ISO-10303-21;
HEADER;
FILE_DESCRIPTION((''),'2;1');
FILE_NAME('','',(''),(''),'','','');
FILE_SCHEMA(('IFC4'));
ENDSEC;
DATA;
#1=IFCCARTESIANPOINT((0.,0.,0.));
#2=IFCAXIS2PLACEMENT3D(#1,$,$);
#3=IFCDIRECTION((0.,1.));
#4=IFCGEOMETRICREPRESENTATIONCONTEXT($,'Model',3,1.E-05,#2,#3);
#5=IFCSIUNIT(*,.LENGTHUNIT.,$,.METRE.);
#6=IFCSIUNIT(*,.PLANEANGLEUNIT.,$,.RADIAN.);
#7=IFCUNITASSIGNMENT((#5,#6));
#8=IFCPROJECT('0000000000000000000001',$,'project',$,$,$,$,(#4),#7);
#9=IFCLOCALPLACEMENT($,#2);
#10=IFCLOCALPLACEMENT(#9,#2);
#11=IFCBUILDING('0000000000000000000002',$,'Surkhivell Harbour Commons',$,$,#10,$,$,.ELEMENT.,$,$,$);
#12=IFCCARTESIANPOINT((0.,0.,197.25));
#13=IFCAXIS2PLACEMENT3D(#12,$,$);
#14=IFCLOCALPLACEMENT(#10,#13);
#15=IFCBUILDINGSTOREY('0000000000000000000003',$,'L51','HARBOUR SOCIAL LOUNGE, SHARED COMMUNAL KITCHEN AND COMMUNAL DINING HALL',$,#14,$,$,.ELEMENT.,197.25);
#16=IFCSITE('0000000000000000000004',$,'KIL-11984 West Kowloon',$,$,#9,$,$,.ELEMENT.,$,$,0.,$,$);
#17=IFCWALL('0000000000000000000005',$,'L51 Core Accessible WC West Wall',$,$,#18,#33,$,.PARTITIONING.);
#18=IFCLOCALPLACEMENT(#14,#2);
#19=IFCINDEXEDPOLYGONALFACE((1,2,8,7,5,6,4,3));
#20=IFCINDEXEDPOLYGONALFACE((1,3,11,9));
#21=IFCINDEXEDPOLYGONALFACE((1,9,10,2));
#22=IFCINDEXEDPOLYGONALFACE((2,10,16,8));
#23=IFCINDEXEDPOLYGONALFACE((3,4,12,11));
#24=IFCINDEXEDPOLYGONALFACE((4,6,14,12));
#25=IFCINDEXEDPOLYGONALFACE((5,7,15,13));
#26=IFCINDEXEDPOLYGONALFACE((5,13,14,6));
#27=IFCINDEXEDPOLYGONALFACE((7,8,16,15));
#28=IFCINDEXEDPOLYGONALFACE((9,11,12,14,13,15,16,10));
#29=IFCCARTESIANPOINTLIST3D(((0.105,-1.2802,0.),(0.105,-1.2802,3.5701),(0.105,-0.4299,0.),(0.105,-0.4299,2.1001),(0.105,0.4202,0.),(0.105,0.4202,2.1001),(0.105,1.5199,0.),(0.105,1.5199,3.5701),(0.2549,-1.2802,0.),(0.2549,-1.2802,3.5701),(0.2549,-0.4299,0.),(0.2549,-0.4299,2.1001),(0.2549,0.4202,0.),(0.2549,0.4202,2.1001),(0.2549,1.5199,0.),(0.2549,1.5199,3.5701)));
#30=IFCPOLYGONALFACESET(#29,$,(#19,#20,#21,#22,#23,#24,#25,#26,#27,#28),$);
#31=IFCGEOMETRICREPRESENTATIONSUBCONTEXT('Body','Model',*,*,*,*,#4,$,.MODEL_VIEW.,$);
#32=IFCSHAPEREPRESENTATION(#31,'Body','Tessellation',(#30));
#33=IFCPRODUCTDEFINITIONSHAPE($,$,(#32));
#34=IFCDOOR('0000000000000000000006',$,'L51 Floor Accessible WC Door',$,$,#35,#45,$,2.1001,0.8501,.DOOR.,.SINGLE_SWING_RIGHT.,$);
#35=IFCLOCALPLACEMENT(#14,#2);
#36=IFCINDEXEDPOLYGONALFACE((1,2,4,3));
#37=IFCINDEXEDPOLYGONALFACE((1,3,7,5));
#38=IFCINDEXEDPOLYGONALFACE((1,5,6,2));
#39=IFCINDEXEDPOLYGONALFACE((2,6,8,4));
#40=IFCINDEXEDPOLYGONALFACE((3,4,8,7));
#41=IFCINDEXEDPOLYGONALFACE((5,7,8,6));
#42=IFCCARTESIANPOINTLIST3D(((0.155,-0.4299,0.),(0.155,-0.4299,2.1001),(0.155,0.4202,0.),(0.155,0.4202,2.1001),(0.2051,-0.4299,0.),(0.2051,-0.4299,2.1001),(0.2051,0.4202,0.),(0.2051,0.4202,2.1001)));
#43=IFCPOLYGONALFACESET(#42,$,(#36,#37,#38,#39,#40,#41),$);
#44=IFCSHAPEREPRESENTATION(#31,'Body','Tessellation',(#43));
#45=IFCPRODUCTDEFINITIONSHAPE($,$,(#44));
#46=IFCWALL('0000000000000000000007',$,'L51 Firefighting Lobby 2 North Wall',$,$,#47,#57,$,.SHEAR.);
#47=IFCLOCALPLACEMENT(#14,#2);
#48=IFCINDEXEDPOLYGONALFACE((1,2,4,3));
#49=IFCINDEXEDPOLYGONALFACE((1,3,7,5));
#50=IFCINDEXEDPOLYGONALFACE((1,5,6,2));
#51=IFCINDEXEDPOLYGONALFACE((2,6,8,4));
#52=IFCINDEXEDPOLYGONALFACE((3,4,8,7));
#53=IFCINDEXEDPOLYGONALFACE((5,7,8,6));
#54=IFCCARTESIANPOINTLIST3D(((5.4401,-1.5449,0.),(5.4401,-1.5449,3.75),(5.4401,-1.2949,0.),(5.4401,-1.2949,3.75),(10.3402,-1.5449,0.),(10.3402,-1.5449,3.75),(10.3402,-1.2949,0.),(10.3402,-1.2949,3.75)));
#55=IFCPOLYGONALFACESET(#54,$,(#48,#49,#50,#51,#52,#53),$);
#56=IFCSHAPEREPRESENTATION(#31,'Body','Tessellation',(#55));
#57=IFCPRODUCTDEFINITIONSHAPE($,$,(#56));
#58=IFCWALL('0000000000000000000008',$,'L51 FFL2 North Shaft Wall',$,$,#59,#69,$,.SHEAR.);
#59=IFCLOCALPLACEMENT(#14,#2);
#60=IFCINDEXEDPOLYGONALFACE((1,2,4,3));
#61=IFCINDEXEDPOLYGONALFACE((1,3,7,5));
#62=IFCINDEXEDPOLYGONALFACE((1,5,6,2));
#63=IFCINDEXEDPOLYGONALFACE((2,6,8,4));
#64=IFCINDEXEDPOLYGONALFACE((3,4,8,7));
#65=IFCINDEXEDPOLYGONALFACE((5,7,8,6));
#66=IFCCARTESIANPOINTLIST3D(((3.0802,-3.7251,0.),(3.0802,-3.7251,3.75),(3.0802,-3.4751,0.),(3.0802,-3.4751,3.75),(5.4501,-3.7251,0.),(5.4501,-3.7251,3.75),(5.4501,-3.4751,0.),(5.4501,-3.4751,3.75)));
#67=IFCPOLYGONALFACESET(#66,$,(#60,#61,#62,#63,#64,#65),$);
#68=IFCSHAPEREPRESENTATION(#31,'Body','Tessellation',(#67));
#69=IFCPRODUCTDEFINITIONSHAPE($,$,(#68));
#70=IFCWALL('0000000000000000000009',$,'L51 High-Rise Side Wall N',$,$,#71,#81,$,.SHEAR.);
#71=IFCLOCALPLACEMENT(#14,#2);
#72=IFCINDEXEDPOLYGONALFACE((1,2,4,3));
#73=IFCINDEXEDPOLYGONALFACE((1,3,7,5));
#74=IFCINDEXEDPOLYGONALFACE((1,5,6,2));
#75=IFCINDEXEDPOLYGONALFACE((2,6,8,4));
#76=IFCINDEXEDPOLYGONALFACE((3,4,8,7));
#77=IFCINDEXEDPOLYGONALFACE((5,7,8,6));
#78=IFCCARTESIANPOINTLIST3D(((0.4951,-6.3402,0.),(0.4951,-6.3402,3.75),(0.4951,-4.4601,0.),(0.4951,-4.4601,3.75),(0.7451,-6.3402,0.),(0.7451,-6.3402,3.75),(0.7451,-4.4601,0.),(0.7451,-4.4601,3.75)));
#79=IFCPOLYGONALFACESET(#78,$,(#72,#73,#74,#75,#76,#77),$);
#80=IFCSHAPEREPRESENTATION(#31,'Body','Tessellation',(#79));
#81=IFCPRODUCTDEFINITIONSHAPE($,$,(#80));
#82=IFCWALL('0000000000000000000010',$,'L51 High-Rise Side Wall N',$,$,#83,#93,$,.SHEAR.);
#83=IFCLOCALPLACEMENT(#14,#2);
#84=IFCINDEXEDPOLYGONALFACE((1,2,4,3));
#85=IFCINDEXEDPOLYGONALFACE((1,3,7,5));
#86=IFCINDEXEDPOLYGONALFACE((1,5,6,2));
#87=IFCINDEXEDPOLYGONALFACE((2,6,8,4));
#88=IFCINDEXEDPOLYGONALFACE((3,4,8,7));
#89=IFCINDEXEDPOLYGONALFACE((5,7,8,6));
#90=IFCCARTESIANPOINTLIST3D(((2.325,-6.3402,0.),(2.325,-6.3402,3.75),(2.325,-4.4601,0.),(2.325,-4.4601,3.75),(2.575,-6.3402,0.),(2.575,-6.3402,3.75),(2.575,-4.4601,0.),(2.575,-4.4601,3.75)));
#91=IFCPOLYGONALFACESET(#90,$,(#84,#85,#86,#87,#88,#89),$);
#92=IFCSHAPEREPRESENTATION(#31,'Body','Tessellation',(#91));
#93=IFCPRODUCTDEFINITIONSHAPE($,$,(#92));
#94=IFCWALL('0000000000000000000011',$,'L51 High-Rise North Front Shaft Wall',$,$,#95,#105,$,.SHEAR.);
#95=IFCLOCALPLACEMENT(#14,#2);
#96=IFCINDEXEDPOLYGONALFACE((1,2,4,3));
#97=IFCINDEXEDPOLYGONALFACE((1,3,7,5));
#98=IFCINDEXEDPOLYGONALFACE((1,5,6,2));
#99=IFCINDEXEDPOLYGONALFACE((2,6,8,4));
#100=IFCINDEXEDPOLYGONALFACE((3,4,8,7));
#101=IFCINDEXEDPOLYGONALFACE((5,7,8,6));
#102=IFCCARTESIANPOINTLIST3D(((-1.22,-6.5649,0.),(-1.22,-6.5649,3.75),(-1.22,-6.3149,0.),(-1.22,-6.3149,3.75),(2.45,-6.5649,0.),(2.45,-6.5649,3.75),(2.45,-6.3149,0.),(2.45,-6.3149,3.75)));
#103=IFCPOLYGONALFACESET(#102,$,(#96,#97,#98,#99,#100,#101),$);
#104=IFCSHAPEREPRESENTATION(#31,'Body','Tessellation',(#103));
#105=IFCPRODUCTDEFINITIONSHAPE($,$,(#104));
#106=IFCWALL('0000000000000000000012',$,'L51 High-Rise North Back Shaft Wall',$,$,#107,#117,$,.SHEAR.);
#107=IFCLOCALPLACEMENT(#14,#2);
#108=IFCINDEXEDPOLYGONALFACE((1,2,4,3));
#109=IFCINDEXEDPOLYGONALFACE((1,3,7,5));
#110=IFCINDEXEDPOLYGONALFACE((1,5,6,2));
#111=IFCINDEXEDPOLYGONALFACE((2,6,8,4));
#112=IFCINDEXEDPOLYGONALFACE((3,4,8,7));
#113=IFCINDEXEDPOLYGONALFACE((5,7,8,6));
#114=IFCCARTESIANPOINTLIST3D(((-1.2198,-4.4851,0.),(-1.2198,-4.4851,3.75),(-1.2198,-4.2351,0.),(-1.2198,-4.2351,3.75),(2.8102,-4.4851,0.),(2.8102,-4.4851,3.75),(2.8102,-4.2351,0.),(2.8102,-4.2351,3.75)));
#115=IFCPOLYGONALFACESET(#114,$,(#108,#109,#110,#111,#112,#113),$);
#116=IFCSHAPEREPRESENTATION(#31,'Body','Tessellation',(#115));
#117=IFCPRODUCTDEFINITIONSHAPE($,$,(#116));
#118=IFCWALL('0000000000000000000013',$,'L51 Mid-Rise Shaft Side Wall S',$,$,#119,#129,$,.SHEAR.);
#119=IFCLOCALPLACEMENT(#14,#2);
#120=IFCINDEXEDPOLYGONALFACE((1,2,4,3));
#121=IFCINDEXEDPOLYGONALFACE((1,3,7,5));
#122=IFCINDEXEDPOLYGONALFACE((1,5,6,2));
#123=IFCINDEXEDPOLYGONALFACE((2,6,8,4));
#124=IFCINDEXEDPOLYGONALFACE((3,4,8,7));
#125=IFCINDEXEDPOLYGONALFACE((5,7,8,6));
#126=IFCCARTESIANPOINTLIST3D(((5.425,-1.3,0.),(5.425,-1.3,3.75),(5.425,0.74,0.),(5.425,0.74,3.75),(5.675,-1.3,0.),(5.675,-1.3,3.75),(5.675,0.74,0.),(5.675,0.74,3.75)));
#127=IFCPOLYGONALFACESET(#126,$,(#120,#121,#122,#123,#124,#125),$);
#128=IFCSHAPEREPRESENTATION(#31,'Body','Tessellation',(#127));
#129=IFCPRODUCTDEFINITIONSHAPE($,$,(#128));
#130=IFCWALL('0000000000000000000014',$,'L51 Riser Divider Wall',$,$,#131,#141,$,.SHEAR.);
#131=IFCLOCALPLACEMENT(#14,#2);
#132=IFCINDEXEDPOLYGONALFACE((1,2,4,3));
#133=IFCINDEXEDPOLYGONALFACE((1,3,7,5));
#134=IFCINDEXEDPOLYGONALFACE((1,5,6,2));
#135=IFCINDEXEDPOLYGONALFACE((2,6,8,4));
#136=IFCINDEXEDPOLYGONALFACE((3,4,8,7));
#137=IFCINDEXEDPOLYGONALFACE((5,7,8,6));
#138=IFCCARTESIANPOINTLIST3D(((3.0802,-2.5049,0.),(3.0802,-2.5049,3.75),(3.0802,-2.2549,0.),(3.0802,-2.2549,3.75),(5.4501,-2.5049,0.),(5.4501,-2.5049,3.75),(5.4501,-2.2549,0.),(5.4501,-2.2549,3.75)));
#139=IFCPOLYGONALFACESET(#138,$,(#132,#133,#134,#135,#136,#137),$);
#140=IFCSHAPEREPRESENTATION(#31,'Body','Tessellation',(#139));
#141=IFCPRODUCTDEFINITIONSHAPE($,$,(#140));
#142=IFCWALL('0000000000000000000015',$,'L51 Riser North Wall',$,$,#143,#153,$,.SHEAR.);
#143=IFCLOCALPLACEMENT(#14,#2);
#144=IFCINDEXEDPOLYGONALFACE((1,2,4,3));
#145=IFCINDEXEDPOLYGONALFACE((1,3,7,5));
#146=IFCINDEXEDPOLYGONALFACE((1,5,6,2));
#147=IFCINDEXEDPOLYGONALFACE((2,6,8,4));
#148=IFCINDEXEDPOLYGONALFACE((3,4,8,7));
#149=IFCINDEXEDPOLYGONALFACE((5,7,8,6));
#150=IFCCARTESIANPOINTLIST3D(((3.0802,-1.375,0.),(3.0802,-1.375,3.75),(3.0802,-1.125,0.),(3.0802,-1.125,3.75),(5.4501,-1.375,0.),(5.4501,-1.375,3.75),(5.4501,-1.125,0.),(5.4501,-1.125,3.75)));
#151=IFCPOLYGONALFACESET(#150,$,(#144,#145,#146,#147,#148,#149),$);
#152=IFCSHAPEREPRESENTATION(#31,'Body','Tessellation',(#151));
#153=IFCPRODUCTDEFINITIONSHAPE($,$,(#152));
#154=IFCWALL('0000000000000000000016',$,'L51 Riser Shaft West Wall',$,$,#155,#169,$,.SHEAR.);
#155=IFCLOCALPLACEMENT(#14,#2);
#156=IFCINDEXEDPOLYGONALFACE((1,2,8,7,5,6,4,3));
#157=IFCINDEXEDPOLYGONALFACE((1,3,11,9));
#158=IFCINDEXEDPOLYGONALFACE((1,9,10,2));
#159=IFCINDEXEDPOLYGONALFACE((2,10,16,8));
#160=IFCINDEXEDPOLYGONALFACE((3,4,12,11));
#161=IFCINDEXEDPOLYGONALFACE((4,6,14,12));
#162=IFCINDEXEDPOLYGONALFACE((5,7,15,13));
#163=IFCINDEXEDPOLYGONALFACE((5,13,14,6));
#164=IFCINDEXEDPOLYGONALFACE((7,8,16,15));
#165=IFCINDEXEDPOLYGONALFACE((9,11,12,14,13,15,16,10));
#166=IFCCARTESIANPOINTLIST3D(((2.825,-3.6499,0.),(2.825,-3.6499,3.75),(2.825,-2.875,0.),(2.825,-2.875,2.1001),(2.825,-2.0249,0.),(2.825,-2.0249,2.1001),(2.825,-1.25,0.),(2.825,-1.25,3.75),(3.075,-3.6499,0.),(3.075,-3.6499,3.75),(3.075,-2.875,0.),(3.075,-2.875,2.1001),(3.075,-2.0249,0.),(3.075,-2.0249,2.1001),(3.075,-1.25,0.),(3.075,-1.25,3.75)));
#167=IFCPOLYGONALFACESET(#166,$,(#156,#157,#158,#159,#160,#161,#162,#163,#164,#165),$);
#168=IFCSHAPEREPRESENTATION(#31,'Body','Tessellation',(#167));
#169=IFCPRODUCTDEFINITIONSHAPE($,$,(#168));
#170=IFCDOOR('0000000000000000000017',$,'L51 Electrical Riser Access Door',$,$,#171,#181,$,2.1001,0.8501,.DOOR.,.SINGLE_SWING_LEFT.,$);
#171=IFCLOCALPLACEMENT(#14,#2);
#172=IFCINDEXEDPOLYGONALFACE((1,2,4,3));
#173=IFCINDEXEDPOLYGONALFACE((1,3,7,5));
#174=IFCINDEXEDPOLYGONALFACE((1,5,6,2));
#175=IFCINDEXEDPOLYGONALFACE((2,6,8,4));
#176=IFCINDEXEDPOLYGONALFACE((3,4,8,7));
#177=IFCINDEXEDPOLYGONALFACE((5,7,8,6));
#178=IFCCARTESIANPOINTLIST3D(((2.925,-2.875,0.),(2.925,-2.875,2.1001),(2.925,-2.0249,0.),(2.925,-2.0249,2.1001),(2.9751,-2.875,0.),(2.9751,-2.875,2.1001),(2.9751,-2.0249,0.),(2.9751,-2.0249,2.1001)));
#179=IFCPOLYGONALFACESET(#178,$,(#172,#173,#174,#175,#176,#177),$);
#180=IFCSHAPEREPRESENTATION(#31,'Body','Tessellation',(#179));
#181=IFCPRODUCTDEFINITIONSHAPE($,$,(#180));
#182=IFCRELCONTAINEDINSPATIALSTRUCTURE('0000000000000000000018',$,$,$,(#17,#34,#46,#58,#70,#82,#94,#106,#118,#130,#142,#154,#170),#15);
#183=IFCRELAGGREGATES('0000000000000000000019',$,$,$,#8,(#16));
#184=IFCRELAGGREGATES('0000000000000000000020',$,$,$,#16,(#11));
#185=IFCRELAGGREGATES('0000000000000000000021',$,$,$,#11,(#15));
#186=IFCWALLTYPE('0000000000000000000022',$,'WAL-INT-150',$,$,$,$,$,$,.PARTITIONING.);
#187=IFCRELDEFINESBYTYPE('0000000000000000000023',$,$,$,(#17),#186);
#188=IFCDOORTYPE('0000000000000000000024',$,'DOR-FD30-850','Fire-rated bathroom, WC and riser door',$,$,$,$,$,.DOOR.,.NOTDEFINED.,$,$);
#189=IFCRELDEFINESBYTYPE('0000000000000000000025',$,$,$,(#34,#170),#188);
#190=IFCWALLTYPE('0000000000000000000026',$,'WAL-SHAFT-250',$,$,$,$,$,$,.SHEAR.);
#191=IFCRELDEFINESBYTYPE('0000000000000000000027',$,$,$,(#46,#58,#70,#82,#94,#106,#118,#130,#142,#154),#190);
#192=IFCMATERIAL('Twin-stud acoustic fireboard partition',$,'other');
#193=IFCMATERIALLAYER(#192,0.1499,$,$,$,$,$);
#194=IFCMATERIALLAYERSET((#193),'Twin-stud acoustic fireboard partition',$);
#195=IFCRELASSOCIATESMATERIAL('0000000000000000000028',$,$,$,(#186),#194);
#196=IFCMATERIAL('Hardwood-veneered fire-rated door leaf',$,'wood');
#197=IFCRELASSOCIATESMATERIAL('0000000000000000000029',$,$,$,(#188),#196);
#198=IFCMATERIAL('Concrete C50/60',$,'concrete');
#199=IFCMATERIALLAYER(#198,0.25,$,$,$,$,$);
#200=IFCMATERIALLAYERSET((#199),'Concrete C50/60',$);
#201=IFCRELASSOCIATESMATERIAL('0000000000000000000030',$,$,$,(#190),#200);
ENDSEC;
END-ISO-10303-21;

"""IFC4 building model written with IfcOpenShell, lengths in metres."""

from ifc_helpers import new_model, si_unit, direction, frame, frame_2d, origin, place, context, subcontext, project, spatial, rectangle, extrude, material, layer, layer_set, type_object, element, fill, save


model = new_model("IFC4")

# Units and contexts
model_context = context("Model", 3, precision=1e-05, world=origin(), true_north=direction((0.0, 1.0)))
body_context = subcontext(model_context, "Body", "Model", "MODEL_VIEW")
ifc_project = project(units=[si_unit("LENGTHUNIT", "METRE"), si_unit("PLANEANGLEUNIT", "RADIAN")], contexts=[model_context])

# Site, building, storey
site_placement = place(None, origin())
site = spatial("IfcSite", under=ifc_project, at=site_placement, Name="KIL-11984 West Kowloon", CompositionType="ELEMENT", RefElevation=0.0)
building_placement = place(site_placement, origin())
building = spatial("IfcBuilding", under=site, at=building_placement, Name="Surkhivell Harbour Commons", CompositionType="ELEMENT")
storey_placement = place(building_placement, frame((0.0, 0.0, 197.25)))
storey = spatial("IfcBuildingStorey", under=building, at=storey_placement, Name="L51", Description="HARBOUR SOCIAL LOUNGE, SHARED COMMUNAL KITCHEN AND COMMUNAL DINING HALL", CompositionType="ELEMENT", Elevation=197.25)

# Shared definitions
ifc_material_1 = material(Name="Twin-stud acoustic fireboard partition", Category="other")
ifc_layer_1 = layer(ifc_material_1, 0.1499)
ifc_layer_set_1 = layer_set([ifc_layer_1], Name="Twin-stud acoustic fireboard partition")
wall_type_1 = type_object("IfcWallType", Name="WAL-INT-150", PredefinedType="PARTITIONING", material=ifc_layer_set_1)

# Wall, opening, door
wall_1_placement = place(storey_placement, frame((0.1799, -1.28, 0.0), z_axis=(0.0, 0.0, 1.0), x_axis=(0.0, 1.0, 0.0)))
wall_1 = element("IfcWall", 1, at=wall_1_placement, inside=storey, type_object=wall_type_1, Name="L51 Core Accessible WC West Wall", PredefinedType="PARTITIONING", context=body_context, shape_type="SweptSolid", body=[
    extrude(rectangle(XDim=2.8, YDim=0.1499, at=frame_2d((1.3999, 0.0))), origin(), (0.0, 0.0, 1.0), 3.5701),
])
opening_1_placement = place(wall_1_placement, frame((0.8501, 0.0, 0.0)))
opening_1 = element("IfcOpeningElement", 2, at=opening_1_placement, cuts=wall_1, PredefinedType="OPENING", context=body_context, shape_type="SweptSolid", body=[
    extrude(rectangle(XDim=0.8501, YDim=2.1001, at=frame_2d((0.425, 1.05))), frame((0.0, 0.085, 0.0), z_axis=(0.0, -1.0, 0.0), x_axis=(1.0, 0.0, 0.0)), (0.0, 0.0, 1.0), 0.1699),
])
ifc_material_2 = material(Name="Hardwood-veneered fire-rated door leaf", Category="wood")
door_type = type_object("IfcDoorType", Name="DOR-FD30-850", Description="Fire-rated bathroom, WC and riser door", OperationType="NOTDEFINED", PredefinedType="DOOR", material=ifc_material_2)
door_1_placement = place(opening_1_placement, origin())
door_1 = element("IfcDoor", 3, at=door_1_placement, inside=storey, type_object=door_type, Name="L51 Floor Accessible WC Door", OperationType="SINGLE_SWING_RIGHT", OverallHeight=2.1001, OverallWidth=0.8501, PredefinedType="DOOR", context=body_context, shape_type="SweptSolid", body=[
    extrude(rectangle(XDim=0.8501, YDim=2.1001, at=frame_2d((0.425, 1.05))), frame((0.0, 0.0249, 0.0), z_axis=(0.0, -1.0, 0.0), x_axis=(1.0, 0.0, 0.0)), (0.0, 0.0, 1.0), 0.05),
])
fill(opening_1, door_1)

# Walls
ifc_material_3 = material(Name="Concrete C50/60", Category="concrete")
ifc_layer_2 = layer(ifc_material_3, 0.25)
ifc_layer_set_2 = layer_set([ifc_layer_2], Name="Concrete C50/60")
wall_type_2 = type_object("IfcWallType", Name="WAL-SHAFT-250", PredefinedType="SHEAR", material=ifc_layer_set_2)
wall_2_placement = place(storey_placement, frame((5.4399, -1.4199, 0.0), z_axis=(0.0, 0.0, 1.0), x_axis=(1.0, 0.0, 0.0)))
element("IfcWall", 4, at=wall_2_placement, inside=storey, type_object=wall_type_2, Name="L51 Firefighting Lobby 2 North Wall", PredefinedType="SHEAR", context=body_context, shape_type="SweptSolid", body=[
    extrude(rectangle(XDim=4.9001, YDim=0.25, at=frame_2d((2.4502, 0.0))), origin(), (0.0, 0.0, 1.0), 3.75),
])
wall_3_placement = place(storey_placement, frame((3.0801, -3.6001, 0.0), z_axis=(0.0, 0.0, 1.0), x_axis=(1.0, 0.0, 0.0)))
element("IfcWall", 5, at=wall_3_placement, inside=storey, type_object=wall_type_2, Name="L51 FFL2 North Shaft Wall", PredefinedType="SHEAR", context=body_context, shape_type="SweptSolid", body=[
    extrude(rectangle(XDim=2.3699, YDim=0.25, at=frame_2d((1.1851, 0.0))), origin(), (0.0, 0.0, 1.0), 3.75),
])
for number, where, z_axis, x_axis, name in (
    (6, (0.6201, -6.3401, 0.0), (0.0, 0.0, 1.0), (0.0, 1.0, 0.0), "L51 High-Rise Side Wall N"),
    (7, (2.45, -6.3401, 0.0), (0.0, 0.0, 1.0), (0.0, 1.0, 0.0), "L51 High-Rise Side Wall N"),
):
    element("IfcWall", number, at=place(storey_placement, frame(where, z_axis=z_axis, x_axis=x_axis)), inside=storey, type_object=wall_type_2, Name=name, PredefinedType="SHEAR", context=body_context, shape_type="SweptSolid", body=[
        extrude(rectangle(XDim=1.8801, YDim=0.25, at=frame_2d((0.9399, 0.0))), origin(), (0.0, 0.0, 1.0), 3.75),
    ])
wall_4_placement = place(storey_placement, frame((-1.22, -6.4399, 0.0), z_axis=(0.0, 0.0, 1.0), x_axis=(1.0, 0.0, 0.0)))
element("IfcWall", 8, at=wall_4_placement, inside=storey, type_object=wall_type_2, Name="L51 High-Rise North Front Shaft Wall", PredefinedType="SHEAR", context=body_context, shape_type="SweptSolid", body=[
    extrude(rectangle(XDim=3.6699, YDim=0.25, at=frame_2d((1.835, 0.0))), origin(), (0.0, 0.0, 1.0), 3.75),
])
wall_5_placement = place(storey_placement, frame((-1.22, -4.3601, 0.0), z_axis=(0.0, 0.0, 1.0), x_axis=(1.0, 0.0, 0.0)))
element("IfcWall", 9, at=wall_5_placement, inside=storey, type_object=wall_type_2, Name="L51 High-Rise North Back Shaft Wall", PredefinedType="SHEAR", context=body_context, shape_type="SweptSolid", body=[
    extrude(rectangle(XDim=4.03, YDim=0.25, at=frame_2d((2.0151, 0.0))), origin(), (0.0, 0.0, 1.0), 3.75),
])
wall_6_placement = place(storey_placement, frame((5.55, -1.3, 0.0), z_axis=(0.0, 0.0, 1.0), x_axis=(0.0, 1.0, 0.0)))
element("IfcWall", 10, at=wall_6_placement, inside=storey, type_object=wall_type_2, Name="L51 Mid-Rise Shaft Side Wall S", PredefinedType="SHEAR", context=body_context, shape_type="SweptSolid", body=[
    extrude(rectangle(XDim=2.04, YDim=0.25, at=frame_2d((1.02, 0.0))), origin(), (0.0, 0.0, 1.0), 3.75),
])
for number, where, z_axis, x_axis, name in (
    (11, (3.0801, -2.3799, 0.0), (0.0, 0.0, 1.0), (1.0, 0.0, 0.0), "L51 Riser Divider Wall"),
    (12, (3.0801, -1.25, 0.0), (0.0, 0.0, 1.0), (1.0, 0.0, 0.0), "L51 Riser North Wall"),
):
    element("IfcWall", number, at=place(storey_placement, frame(where, z_axis=z_axis, x_axis=x_axis)), inside=storey, type_object=wall_type_2, Name=name, PredefinedType="SHEAR", context=body_context, shape_type="SweptSolid", body=[
        extrude(rectangle(XDim=2.3699, YDim=0.25, at=frame_2d((1.1851, 0.0))), origin(), (0.0, 0.0, 1.0), 3.75),
    ])

# Wall, opening, door
wall_7_placement = place(storey_placement, frame((2.95, -3.6499, 0.0), z_axis=(0.0, 0.0, 1.0), x_axis=(0.0, 1.0, 0.0)))
wall_7 = element("IfcWall", 13, at=wall_7_placement, inside=storey, type_object=wall_type_2, Name="L51 Riser Shaft West Wall", PredefinedType="SHEAR", context=body_context, shape_type="SweptSolid", body=[
    extrude(rectangle(XDim=2.3999, YDim=0.25, at=frame_2d((1.2, 0.0))), origin(), (0.0, 0.0, 1.0), 3.75),
])
opening_2_placement = place(wall_7_placement, frame((0.7749, 0.0, 0.0)))
opening_2 = element("IfcOpeningElement", 14, at=opening_2_placement, cuts=wall_7, PredefinedType="OPENING", context=body_context, shape_type="SweptSolid", body=[
    extrude(rectangle(XDim=0.8501, YDim=2.1001, at=frame_2d((0.425, 1.05))), frame((0.0, 0.135, 0.0), z_axis=(0.0, -1.0, 0.0), x_axis=(1.0, 0.0, 0.0)), (0.0, 0.0, 1.0), 0.27),
])
door_2_placement = place(opening_2_placement, origin())
door_2 = element("IfcDoor", 15, at=door_2_placement, inside=storey, type_object=door_type, Name="L51 Electrical Riser Access Door", OperationType="SINGLE_SWING_LEFT", OverallHeight=2.1001, OverallWidth=0.8501, PredefinedType="DOOR", context=body_context, shape_type="SweptSolid", body=[
    extrude(rectangle(XDim=0.8501, YDim=2.1001, at=frame_2d((0.425, 1.05))), frame((0.0, 0.0249, 0.0), z_axis=(0.0, -1.0, 0.0), x_axis=(1.0, 0.0, 0.0)), (0.0, 0.0, 1.0), 0.05),
])
fill(opening_2, door_2)

save(model, "model.ifc")
